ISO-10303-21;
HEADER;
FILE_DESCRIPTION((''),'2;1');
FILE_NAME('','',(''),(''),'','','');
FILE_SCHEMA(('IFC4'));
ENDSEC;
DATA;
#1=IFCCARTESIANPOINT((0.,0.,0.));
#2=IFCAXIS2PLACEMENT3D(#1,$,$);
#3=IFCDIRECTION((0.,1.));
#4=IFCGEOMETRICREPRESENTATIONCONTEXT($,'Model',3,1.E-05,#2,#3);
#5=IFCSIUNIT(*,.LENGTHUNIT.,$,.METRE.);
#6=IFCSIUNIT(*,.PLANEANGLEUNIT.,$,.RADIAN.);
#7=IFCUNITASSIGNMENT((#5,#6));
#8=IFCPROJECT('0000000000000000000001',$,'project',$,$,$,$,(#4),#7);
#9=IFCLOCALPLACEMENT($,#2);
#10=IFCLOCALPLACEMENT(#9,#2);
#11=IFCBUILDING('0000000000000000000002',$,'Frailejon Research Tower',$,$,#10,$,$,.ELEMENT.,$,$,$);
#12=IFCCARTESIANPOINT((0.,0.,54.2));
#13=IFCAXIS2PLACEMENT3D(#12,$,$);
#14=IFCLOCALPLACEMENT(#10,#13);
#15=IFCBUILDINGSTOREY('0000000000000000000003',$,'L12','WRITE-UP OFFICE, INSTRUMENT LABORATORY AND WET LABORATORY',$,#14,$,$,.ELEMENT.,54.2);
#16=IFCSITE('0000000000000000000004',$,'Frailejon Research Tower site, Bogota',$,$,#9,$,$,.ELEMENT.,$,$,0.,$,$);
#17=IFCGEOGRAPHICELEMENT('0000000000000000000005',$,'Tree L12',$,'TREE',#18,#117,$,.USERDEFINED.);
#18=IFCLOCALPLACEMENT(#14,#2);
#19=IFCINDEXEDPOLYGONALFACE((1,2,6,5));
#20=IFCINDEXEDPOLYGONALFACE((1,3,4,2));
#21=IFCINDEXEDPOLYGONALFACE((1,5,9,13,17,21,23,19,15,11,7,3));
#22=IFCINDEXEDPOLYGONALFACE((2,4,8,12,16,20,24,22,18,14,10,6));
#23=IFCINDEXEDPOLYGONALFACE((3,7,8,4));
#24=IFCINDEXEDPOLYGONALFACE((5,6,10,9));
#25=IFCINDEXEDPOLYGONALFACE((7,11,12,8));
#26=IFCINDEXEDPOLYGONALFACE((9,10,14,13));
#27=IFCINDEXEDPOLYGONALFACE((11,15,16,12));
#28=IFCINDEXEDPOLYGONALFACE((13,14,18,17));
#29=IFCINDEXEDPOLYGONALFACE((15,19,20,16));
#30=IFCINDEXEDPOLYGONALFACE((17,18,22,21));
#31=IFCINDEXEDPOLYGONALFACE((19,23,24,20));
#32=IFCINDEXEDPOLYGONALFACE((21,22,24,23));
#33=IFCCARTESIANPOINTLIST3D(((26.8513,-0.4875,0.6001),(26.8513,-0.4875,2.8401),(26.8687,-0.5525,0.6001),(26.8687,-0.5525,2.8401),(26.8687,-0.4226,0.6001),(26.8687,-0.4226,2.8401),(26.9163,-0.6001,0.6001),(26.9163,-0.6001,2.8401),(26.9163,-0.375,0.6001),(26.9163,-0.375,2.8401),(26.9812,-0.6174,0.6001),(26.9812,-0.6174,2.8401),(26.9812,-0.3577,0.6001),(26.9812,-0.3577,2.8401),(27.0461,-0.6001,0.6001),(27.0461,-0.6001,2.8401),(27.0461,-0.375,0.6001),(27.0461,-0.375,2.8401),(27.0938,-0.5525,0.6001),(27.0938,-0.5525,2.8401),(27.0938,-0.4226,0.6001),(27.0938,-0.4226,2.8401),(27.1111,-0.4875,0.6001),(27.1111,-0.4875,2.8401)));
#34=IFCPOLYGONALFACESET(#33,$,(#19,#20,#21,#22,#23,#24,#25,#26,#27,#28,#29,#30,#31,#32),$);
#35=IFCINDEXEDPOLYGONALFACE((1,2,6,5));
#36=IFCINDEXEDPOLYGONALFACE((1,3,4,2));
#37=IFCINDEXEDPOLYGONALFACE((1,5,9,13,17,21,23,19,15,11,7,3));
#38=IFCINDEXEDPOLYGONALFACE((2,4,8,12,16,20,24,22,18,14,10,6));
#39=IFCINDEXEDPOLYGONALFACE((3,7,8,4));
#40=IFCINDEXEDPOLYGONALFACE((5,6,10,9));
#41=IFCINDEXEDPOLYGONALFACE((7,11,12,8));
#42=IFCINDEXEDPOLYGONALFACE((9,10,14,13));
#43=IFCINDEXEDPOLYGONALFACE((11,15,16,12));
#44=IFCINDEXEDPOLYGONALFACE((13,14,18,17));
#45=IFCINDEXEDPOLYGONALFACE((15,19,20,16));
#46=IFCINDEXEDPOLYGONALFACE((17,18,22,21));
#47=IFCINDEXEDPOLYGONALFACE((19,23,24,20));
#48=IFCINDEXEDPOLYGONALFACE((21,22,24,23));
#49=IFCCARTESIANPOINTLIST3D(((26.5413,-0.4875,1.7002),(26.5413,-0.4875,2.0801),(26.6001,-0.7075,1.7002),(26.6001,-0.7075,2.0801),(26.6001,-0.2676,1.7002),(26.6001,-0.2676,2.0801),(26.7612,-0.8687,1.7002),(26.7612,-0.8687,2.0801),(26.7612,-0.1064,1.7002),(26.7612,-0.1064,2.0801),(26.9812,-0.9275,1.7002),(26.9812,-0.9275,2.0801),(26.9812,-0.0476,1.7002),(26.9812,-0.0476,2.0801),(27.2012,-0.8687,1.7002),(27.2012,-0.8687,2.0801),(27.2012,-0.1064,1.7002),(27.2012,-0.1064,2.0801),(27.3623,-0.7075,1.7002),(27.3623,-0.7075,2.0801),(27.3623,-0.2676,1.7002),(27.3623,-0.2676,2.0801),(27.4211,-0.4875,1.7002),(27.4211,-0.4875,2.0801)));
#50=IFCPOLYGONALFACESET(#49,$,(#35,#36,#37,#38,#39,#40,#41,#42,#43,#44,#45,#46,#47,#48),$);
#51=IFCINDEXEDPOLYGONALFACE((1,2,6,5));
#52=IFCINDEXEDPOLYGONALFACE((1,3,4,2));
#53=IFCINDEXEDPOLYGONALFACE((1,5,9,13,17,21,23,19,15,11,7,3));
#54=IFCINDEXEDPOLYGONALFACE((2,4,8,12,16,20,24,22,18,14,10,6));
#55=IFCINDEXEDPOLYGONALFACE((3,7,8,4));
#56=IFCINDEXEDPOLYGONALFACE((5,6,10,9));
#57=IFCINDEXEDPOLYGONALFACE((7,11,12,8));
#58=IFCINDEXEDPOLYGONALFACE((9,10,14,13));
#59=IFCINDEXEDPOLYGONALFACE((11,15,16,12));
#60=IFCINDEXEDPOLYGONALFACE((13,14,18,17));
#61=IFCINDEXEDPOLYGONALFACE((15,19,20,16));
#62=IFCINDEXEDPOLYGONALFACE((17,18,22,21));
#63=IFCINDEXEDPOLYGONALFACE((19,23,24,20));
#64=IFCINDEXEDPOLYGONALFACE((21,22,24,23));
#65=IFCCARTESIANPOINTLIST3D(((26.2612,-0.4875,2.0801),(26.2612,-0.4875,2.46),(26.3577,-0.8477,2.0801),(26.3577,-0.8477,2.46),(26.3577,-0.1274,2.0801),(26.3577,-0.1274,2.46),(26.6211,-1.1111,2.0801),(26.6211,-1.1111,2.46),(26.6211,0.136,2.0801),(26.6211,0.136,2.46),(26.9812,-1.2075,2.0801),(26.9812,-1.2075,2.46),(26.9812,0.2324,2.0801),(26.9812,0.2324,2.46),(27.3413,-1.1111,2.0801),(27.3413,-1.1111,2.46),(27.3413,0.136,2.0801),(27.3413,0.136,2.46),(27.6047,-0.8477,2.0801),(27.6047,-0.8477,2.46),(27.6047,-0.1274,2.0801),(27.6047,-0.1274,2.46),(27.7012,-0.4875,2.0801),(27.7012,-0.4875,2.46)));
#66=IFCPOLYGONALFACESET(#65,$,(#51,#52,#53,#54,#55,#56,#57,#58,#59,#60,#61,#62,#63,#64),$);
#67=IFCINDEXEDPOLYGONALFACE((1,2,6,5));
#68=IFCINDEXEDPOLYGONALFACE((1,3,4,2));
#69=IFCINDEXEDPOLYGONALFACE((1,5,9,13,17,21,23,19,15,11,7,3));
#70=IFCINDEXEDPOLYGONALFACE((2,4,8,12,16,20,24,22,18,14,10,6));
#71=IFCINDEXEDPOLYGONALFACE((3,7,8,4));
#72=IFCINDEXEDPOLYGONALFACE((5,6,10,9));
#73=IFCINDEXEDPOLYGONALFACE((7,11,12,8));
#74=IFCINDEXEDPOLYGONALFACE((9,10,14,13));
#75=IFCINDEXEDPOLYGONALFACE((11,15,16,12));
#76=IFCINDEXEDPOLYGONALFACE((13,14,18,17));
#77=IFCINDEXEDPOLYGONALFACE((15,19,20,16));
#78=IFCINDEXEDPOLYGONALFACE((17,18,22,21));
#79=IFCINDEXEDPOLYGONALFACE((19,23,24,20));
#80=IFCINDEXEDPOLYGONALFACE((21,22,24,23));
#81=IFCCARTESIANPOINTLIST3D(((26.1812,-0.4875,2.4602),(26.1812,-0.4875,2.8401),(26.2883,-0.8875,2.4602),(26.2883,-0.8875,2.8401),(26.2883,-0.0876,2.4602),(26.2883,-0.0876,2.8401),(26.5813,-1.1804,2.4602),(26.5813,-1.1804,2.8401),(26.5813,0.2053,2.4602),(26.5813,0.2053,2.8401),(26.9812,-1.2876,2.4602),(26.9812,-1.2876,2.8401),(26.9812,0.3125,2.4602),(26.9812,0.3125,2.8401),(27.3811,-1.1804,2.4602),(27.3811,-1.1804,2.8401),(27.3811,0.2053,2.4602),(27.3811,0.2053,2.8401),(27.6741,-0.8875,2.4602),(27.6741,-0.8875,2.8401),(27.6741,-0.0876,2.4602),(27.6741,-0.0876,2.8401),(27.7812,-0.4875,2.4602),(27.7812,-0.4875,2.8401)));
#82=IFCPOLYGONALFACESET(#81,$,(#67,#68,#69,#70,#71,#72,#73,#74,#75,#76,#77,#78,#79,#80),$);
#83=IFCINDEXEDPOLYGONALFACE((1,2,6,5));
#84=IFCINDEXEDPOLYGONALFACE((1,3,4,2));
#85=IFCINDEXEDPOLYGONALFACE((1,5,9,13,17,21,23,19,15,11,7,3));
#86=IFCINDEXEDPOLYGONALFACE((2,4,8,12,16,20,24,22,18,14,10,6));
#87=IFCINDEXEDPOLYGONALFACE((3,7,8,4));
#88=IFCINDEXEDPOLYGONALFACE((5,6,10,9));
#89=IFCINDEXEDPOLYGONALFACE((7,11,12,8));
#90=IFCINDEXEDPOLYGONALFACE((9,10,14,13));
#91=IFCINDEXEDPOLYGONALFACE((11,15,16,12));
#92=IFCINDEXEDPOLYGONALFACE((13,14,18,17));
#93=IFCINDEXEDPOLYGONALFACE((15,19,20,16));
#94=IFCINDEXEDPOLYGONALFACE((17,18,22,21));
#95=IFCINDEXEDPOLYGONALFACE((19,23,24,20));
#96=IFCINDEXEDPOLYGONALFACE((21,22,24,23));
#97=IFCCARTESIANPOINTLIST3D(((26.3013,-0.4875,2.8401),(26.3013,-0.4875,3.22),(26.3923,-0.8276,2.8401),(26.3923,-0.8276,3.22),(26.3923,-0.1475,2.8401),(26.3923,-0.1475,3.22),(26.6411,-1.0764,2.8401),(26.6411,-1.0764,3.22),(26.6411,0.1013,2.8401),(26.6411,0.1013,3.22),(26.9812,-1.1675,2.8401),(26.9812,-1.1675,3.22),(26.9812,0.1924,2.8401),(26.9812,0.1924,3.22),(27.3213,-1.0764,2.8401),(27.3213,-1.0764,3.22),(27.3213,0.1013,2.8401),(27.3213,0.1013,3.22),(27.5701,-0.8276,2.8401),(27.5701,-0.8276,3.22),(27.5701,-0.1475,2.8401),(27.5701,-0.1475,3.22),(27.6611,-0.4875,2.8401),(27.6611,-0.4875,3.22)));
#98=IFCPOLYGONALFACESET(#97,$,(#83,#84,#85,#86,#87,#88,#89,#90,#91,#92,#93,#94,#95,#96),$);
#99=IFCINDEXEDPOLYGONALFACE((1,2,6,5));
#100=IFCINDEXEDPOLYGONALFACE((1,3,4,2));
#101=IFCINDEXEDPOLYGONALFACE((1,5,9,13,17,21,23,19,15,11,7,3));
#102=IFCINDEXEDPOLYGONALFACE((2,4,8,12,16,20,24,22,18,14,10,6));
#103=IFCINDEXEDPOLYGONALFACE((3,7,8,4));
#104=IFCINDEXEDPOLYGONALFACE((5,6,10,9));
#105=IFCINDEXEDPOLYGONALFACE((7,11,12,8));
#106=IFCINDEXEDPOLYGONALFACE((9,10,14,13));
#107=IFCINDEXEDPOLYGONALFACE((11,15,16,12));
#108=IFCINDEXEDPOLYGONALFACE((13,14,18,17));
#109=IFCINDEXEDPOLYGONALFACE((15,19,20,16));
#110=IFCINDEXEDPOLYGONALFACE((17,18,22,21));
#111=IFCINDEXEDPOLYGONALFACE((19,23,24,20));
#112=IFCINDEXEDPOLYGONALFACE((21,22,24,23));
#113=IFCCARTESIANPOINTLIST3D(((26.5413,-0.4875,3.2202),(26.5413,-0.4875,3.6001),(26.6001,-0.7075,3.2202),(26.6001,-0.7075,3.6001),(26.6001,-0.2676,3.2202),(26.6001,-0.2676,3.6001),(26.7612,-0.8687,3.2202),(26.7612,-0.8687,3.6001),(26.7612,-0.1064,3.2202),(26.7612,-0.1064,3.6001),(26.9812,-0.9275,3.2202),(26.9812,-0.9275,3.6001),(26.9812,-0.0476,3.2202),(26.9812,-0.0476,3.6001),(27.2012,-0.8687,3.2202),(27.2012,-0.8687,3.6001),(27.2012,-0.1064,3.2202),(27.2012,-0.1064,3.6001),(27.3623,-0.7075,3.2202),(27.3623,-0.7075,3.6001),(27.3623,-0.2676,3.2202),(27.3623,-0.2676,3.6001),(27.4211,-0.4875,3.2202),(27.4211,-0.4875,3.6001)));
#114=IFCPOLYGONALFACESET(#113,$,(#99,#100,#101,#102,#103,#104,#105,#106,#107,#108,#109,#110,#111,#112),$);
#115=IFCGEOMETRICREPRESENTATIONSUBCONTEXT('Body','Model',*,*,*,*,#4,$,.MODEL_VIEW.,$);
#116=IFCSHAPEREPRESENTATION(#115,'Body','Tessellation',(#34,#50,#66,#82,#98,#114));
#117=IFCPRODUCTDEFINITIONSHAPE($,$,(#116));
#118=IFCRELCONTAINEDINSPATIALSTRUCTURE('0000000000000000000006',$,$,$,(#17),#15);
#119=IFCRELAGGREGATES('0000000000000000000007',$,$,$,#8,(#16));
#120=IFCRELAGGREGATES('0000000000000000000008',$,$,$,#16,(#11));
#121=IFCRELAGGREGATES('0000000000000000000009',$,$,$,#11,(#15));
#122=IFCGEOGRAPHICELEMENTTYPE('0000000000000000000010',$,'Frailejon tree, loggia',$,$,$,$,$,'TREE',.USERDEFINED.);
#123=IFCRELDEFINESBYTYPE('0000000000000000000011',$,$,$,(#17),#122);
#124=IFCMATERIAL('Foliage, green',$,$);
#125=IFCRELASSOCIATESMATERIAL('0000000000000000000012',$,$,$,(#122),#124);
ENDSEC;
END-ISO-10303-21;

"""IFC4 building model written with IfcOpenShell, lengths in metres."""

from ifc_helpers import new_model, si_unit, direction, frame, origin, place, context, subcontext, project, spatial, polyline, outline, extrude, material, type_object, element, save


model = new_model("IFC4")

# Units and contexts
model_context = context("Model", 3, precision=1e-05, world=origin(), true_north=direction((0.0, 1.0)))
body_context = subcontext(model_context, "Body", "Model", "MODEL_VIEW")
ifc_project = project(units=[si_unit("LENGTHUNIT", "METRE"), si_unit("PLANEANGLEUNIT", "RADIAN")], contexts=[model_context])

# Site, building, storey
site_placement = place(None, origin())
site = spatial("IfcSite", under=ifc_project, at=site_placement, Name="Frailejon Research Tower site, Bogota", CompositionType="ELEMENT", RefElevation=0.0)
building_placement = place(site_placement, origin())
building = spatial("IfcBuilding", under=site, at=building_placement, Name="Frailejon Research Tower", CompositionType="ELEMENT")
storey_placement = place(building_placement, frame((0.0, 0.0, 54.2)))
storey = spatial("IfcBuildingStorey", under=building, at=storey_placement, Name="L12", Description="WRITE-UP OFFICE, INSTRUMENT LABORATORY AND WET LABORATORY", CompositionType="ELEMENT", Elevation=54.2)

# Geographic element
ifc_material_1 = material(Name="Foliage, green")
geographic_element_type = type_object("IfcGeographicElementType", Name="Frailejon tree, loggia", ElementType="TREE", PredefinedType="USERDEFINED", material=ifc_material_1)
geographic_element_placement = place(storey_placement, frame((26.9812, -0.4875, 0.6001)))
element("IfcGeographicElement", 1, at=geographic_element_placement, inside=storey, type_object=geographic_element_type, Name="Tree L12", ObjectType="TREE", PredefinedType="USERDEFINED", context=body_context, shape_type="SweptSolid", body=[
    extrude(outline(polyline([(0.1299, 0.0), (0.1125, 0.0649), (0.0649, 0.1125), (0.0, 0.1299), (-0.0649, 0.1125), (-0.1125, 0.0649), (-0.1299, 0.0), (-0.1125, -0.0649), (-0.0649, -0.1125), (0.0, -0.1299), (0.0649, -0.1125), (0.1125, -0.0649), (0.1299, 0.0)])), origin(), (0.0, 0.0, 1.0), 2.24),
    extrude(outline(polyline([(0.4399, 0.0), (0.3811, 0.22), (0.22, 0.3811), (0.0, 0.4399), (-0.22, 0.3811), (-0.3811, 0.22), (-0.4399, 0.0), (-0.3811, -0.22), (-0.22, -0.3811), (0.0, -0.4399), (0.22, -0.3811), (0.3811, -0.22), (0.4399, 0.0)])), frame((0.0, 0.0, 1.1001)), (0.0, 0.0, 1.0), 0.3799),
    extrude(outline(polyline([(0.72, 0.0), (0.6235, 0.3601), (0.3601, 0.6235), (0.0, 0.72), (-0.3601, 0.6235), (-0.6235, 0.3601), (-0.72, 0.0), (-0.6235, -0.3601), (-0.3601, -0.6235), (0.0, -0.72), (0.3601, -0.6235), (0.6235, -0.3601), (0.72, 0.0)])), frame((0.0, 0.0, 1.48)), (0.0, 0.0, 1.0), 0.3799),
    extrude(outline(polyline([(0.8, 0.0), (0.6929, 0.3999), (0.3999, 0.6929), (0.0, 0.8), (-0.3999, 0.6929), (-0.6929, 0.3999), (-0.8, 0.0), (-0.6929, -0.3999), (-0.3999, -0.6929), (0.0, -0.8), (0.3999, -0.6929), (0.6929, -0.3999), (0.8, 0.0)])), frame((0.0, 0.0, 1.8601)), (0.0, 0.0, 1.0), 0.3799),
    extrude(outline(polyline([(0.6799, 0.0), (0.5889, 0.3401), (0.3401, 0.5889), (0.0, 0.6799), (-0.3401, 0.5889), (-0.5889, 0.3401), (-0.6799, 0.0), (-0.5889, -0.3401), (-0.3401, -0.5889), (0.0, -0.6799), (0.3401, -0.5889), (0.5889, -0.3401), (0.6799, 0.0)])), frame((0.0, 0.0, 2.24)), (0.0, 0.0, 1.0), 0.3799),
    extrude(outline(polyline([(0.4399, 0.0), (0.3811, 0.22), (0.22, 0.3811), (0.0, 0.4399), (-0.22, 0.3811), (-0.3811, 0.22), (-0.4399, 0.0), (-0.3811, -0.22), (-0.22, -0.3811), (0.0, -0.4399), (0.22, -0.3811), (0.3811, -0.22), (0.4399, 0.0)])), frame((0.0, 0.0, 2.6201)), (0.0, 0.0, 1.0), 0.3799),
])

save(model, "model.ifc")
